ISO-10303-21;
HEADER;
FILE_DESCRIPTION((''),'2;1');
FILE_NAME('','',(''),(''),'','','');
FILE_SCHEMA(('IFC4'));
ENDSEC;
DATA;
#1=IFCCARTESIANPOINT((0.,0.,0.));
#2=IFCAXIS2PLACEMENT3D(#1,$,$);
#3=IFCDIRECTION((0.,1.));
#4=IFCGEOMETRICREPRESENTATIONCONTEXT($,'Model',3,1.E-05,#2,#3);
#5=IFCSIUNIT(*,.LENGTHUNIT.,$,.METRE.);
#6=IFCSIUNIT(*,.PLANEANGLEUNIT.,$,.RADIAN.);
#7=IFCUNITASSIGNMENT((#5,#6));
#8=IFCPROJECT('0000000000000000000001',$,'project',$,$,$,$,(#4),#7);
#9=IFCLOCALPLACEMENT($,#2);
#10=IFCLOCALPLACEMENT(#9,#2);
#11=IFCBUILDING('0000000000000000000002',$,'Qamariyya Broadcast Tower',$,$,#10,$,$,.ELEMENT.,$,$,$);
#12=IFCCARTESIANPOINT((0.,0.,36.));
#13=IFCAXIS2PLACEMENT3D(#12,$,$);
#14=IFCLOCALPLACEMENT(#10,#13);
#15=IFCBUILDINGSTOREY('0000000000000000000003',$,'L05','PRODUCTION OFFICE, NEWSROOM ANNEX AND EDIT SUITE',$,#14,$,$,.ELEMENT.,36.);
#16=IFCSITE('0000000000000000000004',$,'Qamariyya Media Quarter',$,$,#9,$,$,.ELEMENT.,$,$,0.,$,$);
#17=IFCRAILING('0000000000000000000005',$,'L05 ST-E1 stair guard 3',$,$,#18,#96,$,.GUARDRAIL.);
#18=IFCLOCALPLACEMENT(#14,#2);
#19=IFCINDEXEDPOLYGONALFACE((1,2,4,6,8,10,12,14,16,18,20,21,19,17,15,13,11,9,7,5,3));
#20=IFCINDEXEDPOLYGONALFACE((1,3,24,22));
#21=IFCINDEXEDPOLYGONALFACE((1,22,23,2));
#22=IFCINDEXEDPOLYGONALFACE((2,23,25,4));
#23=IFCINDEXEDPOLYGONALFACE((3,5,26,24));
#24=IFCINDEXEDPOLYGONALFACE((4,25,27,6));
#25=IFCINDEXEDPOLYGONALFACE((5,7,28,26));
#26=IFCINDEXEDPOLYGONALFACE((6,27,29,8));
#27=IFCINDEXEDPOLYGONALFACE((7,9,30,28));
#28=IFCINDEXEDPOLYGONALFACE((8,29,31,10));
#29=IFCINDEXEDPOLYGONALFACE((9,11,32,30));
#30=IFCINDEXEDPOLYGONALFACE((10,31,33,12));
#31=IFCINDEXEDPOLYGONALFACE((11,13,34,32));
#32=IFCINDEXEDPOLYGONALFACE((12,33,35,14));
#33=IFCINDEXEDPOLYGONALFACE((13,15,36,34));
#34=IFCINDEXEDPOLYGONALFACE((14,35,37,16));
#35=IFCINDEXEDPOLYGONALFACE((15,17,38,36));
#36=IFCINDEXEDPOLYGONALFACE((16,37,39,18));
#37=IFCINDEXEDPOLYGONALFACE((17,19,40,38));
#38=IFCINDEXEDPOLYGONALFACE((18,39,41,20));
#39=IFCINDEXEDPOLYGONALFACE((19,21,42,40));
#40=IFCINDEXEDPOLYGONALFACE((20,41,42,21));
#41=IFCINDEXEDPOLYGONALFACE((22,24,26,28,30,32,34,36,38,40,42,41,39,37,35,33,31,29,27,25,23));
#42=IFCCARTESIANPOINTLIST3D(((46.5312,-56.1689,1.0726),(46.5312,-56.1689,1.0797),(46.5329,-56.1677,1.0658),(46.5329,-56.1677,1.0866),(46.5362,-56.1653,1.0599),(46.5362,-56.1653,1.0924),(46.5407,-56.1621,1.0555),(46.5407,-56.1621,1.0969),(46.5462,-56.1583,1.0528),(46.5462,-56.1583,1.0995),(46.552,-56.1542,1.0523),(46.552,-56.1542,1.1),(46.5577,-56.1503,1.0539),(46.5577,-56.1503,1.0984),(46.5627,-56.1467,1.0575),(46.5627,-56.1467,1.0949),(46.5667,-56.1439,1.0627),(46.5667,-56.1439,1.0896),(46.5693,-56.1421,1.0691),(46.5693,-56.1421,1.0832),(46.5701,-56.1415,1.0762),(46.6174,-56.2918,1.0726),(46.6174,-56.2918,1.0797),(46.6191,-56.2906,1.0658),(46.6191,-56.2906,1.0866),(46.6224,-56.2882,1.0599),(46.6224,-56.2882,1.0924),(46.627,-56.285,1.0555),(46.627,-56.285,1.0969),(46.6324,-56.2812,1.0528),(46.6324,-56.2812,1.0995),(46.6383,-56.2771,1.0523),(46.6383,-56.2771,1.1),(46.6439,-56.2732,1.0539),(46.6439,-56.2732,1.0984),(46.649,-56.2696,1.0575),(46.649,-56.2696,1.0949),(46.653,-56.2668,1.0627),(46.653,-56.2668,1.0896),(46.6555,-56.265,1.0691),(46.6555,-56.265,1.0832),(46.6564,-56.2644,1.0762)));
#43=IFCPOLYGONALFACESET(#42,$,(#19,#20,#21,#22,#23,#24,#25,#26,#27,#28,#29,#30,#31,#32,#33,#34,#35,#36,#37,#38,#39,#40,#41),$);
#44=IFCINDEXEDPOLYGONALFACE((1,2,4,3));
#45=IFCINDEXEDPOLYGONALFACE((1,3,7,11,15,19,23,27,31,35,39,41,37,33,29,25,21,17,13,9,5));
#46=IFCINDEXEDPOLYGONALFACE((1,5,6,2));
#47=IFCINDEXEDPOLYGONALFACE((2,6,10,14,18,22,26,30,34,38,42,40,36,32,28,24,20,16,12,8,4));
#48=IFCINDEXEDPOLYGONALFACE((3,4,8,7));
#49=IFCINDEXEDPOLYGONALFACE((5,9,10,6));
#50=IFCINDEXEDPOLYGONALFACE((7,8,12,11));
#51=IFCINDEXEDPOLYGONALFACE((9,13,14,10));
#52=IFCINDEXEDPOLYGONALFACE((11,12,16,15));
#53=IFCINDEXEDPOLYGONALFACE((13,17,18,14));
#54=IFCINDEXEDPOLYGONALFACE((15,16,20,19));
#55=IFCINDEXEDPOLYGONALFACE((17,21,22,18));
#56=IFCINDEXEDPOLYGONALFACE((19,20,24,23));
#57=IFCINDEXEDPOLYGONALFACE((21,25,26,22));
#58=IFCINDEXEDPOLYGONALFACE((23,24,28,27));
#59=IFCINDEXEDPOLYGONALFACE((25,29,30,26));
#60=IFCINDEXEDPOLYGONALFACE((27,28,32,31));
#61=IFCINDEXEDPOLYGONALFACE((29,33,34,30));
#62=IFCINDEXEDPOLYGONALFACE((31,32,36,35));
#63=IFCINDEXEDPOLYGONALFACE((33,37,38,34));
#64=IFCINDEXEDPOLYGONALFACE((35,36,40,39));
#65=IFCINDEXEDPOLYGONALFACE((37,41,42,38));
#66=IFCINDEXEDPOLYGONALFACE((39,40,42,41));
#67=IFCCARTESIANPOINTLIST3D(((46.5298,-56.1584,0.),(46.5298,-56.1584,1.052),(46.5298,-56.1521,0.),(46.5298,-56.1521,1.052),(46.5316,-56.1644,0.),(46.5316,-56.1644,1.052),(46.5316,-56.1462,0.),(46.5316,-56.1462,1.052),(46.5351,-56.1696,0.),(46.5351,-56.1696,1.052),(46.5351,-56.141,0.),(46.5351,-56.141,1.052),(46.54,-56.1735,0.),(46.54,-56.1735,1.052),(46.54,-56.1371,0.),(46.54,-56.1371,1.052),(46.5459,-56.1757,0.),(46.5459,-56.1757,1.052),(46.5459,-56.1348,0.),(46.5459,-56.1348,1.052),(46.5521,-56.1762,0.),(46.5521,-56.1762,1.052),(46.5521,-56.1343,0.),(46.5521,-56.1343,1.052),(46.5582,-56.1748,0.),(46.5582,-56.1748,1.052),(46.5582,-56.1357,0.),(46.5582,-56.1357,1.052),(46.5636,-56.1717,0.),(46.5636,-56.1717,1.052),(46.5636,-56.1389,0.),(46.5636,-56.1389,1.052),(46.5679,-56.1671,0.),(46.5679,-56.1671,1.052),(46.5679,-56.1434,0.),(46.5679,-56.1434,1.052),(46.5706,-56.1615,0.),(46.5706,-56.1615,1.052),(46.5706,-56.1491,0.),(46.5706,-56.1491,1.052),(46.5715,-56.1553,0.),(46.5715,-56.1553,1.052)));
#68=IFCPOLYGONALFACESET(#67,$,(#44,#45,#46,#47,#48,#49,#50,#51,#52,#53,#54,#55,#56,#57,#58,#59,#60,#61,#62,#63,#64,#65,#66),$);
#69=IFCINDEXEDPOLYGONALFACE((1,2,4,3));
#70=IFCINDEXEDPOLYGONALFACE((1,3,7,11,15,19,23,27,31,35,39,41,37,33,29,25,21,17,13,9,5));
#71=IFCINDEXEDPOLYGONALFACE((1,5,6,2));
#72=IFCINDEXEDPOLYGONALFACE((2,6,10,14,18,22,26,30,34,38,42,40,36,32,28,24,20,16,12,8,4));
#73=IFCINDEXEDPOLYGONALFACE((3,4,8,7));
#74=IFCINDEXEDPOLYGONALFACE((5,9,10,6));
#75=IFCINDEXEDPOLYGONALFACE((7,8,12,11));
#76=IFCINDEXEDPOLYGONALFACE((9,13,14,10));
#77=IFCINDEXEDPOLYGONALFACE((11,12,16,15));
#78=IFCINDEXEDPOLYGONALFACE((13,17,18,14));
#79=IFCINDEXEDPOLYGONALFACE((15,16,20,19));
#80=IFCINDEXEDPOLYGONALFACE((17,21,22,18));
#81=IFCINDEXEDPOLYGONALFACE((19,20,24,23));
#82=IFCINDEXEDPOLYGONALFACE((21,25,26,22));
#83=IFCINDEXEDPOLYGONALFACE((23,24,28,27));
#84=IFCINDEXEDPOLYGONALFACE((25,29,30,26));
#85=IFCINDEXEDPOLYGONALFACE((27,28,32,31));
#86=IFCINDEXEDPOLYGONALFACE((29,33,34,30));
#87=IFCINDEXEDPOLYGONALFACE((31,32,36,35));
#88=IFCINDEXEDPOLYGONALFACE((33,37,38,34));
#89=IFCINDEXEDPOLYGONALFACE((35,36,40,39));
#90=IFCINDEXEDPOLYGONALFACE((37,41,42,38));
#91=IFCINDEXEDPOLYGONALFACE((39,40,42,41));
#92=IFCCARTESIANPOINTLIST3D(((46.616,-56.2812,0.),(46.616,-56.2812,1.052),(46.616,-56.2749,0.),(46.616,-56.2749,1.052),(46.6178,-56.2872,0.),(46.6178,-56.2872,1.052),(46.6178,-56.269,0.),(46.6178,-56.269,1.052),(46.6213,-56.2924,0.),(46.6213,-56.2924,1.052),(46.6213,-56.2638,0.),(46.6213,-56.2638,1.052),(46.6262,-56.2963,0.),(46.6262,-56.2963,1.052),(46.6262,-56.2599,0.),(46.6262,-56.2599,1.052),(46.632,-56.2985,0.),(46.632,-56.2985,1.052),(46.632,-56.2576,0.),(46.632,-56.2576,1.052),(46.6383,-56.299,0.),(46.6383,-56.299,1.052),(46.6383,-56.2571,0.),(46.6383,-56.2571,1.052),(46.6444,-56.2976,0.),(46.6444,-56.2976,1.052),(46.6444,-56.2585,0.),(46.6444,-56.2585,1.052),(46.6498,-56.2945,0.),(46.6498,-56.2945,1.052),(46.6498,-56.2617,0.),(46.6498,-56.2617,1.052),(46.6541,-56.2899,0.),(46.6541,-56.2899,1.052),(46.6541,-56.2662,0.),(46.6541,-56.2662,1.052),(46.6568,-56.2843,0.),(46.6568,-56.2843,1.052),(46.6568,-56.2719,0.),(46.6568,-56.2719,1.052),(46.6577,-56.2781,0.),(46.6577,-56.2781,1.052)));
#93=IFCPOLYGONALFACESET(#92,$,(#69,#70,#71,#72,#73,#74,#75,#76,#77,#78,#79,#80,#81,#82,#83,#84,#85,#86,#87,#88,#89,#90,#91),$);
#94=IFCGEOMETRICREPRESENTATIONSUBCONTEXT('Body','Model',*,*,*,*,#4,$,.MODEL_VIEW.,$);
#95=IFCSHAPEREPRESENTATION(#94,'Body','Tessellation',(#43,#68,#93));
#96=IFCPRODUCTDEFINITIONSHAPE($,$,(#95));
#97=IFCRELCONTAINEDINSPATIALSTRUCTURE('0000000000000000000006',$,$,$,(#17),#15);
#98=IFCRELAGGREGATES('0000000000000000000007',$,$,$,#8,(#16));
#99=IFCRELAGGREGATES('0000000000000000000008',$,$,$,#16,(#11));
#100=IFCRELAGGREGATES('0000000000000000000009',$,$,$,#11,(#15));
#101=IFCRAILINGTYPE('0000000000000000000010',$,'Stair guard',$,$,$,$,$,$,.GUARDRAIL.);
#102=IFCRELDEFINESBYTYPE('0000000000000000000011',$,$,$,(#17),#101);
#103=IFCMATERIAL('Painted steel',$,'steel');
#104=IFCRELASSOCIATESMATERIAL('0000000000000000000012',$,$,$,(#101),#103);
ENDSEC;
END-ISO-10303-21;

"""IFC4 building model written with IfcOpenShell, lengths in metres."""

from ifc_helpers import new_model, si_unit, direction, frame, origin, origin_2d, place, context, subcontext, project, spatial, circle, extrude, material, type_object, element, save


model = new_model("IFC4")

# Units and contexts
model_context = context("Model", 3, precision=1e-05, world=origin(), true_north=direction((0.0, 1.0)))
body_context = subcontext(model_context, "Body", "Model", "MODEL_VIEW")
ifc_project = project(units=[si_unit("LENGTHUNIT", "METRE"), si_unit("PLANEANGLEUNIT", "RADIAN")], contexts=[model_context])

# Site, building, storey
site_placement = place(None, origin())
site = spatial("IfcSite", under=ifc_project, at=site_placement, Name="Qamariyya Media Quarter", CompositionType="ELEMENT", RefElevation=0.0)
building_placement = place(site_placement, origin())
building = spatial("IfcBuilding", under=site, at=building_placement, Name="Qamariyya Broadcast Tower", CompositionType="ELEMENT")
storey_placement = place(building_placement, frame((0.0, 0.0, 36.0)))
storey = spatial("IfcBuildingStorey", under=building, at=storey_placement, Name="L05", Description="PRODUCTION OFFICE, NEWSROOM ANNEX AND EDIT SUITE", CompositionType="ELEMENT", Elevation=36.0)

# Railing
ifc_material_1 = material(Name="Painted steel", Category="steel")
railing_type_1 = type_object("IfcRailingType", Name="Stair guard", PredefinedType="GUARDRAIL", material=ifc_material_1)
railing_1_placement = place(storey_placement, frame((46.5505, -56.1553, 0.0)))
element("IfcRailing", 1, at=railing_1_placement, inside=storey, type_object=railing_type_1, Name="L05 ST-E1 stair guard 3", PredefinedType="GUARDRAIL", context=body_context, shape_type="SweptSolid", body=[
    extrude(circle(Radius=0.0239, at=origin_2d()), frame((0.0, 0.0, 1.0762), z_axis=(0.574445, -0.818543, 0.0), x_axis=(0.818543, 0.574445, 0.0)), (0.0, 0.0, 1.0), 0.1501),
    extrude(circle(Radius=0.021, at=origin_2d()), origin(), (0.0, 0.0, 1.0), 1.052),
    extrude(circle(Radius=0.021, at=origin_2d()), frame((0.0862, -0.1228, 0.0)), (0.0, 0.0, 1.0), 1.052),
])

save(model, "model.ifc")
